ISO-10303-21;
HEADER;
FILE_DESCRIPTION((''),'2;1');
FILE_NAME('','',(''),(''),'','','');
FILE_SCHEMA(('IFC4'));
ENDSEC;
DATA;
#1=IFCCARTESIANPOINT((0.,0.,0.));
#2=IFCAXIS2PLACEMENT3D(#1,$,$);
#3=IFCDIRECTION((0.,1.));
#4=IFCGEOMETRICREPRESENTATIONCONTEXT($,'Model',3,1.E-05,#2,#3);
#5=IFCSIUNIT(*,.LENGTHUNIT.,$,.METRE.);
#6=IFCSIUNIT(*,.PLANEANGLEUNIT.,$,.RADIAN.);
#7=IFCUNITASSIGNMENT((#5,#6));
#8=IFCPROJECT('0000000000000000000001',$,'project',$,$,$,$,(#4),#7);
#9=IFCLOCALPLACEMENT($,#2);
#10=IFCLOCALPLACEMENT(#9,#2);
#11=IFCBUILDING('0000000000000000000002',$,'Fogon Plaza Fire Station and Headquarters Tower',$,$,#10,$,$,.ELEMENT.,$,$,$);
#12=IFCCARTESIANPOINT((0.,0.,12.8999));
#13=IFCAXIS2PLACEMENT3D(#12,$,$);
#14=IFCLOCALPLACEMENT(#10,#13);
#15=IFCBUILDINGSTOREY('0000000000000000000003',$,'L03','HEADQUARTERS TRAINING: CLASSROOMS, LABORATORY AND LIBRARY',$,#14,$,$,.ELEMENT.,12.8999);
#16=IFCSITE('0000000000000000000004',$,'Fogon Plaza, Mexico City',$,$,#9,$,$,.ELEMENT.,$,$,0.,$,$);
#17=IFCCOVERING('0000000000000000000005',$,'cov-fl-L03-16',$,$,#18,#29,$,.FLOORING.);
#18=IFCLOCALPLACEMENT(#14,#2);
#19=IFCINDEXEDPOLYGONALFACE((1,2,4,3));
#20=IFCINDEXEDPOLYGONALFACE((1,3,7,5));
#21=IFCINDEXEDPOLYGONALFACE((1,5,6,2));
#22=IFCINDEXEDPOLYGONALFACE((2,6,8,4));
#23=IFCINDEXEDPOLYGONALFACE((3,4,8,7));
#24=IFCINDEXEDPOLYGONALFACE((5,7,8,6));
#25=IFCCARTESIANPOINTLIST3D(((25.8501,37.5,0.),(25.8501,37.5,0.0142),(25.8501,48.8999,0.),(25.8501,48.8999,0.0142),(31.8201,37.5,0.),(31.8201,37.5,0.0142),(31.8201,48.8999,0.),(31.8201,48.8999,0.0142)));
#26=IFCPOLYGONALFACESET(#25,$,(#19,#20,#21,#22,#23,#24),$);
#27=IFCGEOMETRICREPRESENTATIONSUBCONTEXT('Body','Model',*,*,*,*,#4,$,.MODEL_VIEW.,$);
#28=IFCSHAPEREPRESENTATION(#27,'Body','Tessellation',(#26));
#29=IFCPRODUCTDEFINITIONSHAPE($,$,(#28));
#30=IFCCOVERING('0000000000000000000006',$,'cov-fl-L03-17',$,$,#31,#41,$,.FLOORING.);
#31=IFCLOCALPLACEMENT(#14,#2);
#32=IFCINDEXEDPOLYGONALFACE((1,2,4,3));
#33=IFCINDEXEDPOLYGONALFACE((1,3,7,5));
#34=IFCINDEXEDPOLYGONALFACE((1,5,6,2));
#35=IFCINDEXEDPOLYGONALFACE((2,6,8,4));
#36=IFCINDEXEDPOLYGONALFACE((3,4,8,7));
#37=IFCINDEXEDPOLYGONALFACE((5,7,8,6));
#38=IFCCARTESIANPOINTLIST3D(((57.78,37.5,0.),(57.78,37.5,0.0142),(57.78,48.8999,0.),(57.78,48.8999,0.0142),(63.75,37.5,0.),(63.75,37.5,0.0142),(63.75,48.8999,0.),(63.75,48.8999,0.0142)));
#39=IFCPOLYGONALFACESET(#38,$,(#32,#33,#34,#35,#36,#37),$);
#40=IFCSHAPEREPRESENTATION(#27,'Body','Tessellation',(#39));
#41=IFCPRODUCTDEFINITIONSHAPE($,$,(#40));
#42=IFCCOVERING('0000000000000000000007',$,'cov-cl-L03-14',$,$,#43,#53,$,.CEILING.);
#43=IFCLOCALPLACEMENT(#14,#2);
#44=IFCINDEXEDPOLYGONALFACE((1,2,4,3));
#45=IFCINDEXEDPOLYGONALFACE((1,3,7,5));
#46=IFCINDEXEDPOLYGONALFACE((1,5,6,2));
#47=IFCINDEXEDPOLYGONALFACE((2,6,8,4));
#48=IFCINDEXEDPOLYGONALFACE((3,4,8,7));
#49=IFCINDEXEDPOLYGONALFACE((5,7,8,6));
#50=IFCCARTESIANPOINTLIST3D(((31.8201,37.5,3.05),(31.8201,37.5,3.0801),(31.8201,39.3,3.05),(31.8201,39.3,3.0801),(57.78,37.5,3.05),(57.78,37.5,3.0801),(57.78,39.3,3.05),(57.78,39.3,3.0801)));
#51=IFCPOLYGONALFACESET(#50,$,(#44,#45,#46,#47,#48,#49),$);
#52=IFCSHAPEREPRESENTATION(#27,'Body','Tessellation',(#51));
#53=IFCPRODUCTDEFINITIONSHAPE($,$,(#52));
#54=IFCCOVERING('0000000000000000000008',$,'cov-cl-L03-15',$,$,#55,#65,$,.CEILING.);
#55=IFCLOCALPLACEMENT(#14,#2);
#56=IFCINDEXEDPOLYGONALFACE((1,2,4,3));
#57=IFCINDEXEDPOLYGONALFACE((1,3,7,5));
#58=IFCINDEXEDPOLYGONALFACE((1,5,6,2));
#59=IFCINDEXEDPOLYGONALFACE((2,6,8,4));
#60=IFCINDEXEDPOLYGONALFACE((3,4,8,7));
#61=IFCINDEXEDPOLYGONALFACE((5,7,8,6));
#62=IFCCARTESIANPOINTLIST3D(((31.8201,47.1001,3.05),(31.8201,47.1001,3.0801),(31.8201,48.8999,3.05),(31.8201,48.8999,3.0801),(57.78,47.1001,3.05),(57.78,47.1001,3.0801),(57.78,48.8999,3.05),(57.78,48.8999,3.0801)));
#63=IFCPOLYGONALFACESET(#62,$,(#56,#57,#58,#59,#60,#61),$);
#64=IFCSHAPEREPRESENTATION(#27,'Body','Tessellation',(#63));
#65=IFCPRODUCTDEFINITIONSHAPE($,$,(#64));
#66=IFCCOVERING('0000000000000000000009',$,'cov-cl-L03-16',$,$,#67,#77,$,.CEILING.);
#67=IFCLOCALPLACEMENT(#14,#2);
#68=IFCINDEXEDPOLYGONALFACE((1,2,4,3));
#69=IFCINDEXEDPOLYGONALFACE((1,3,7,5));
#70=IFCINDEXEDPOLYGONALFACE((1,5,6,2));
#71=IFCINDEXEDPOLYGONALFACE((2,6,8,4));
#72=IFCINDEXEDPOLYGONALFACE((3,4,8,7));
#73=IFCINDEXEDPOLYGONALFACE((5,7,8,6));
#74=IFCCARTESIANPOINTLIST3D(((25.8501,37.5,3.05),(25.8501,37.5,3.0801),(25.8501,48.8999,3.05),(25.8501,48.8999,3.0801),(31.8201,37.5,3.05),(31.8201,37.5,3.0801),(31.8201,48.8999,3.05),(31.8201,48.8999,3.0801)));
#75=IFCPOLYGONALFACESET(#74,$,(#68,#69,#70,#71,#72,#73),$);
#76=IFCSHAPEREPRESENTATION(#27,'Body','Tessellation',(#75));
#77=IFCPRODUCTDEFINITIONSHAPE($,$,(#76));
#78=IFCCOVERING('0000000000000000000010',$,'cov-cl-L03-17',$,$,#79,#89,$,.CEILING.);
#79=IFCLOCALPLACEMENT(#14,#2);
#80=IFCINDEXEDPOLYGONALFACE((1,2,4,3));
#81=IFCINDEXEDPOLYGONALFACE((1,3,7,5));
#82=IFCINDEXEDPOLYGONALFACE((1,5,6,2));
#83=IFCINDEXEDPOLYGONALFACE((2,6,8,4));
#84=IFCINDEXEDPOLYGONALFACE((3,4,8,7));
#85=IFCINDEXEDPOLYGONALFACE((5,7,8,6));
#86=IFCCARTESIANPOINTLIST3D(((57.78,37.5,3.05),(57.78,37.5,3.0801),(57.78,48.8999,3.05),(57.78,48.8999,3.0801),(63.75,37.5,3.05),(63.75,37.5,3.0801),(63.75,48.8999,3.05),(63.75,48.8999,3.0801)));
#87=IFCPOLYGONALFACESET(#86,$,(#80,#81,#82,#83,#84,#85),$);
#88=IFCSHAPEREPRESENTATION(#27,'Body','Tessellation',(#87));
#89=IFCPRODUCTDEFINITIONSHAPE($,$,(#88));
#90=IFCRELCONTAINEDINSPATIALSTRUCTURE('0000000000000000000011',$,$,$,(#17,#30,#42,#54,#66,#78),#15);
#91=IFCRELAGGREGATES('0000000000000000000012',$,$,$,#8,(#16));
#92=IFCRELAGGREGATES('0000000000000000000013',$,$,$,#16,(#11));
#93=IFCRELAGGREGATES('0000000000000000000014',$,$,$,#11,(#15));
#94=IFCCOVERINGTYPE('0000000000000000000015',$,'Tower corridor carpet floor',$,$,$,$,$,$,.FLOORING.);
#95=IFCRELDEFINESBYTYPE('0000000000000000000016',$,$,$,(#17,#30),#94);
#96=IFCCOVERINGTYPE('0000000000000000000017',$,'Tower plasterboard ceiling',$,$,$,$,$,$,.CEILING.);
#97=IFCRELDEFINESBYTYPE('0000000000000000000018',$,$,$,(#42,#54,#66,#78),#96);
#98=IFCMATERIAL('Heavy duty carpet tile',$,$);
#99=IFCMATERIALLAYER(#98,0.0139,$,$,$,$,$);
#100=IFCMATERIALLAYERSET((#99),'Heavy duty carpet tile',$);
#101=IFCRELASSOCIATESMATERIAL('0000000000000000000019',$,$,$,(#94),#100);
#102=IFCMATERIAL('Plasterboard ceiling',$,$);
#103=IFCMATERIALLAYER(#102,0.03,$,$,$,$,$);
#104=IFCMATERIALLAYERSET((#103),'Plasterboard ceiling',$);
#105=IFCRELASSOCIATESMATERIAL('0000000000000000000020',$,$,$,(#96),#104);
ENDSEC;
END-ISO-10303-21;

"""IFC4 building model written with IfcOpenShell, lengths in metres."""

from ifc_helpers import new_model, si_unit, direction, frame, origin, place, context, subcontext, project, spatial, polyline, outline, extrude, material, layer, layer_set, type_object, element, save


model = new_model("IFC4")

# Units and contexts
model_context = context("Model", 3, precision=1e-05, world=origin(), true_north=direction((0.0, 1.0)))
body_context = subcontext(model_context, "Body", "Model", "MODEL_VIEW")
ifc_project = project(units=[si_unit("LENGTHUNIT", "METRE"), si_unit("PLANEANGLEUNIT", "RADIAN")], contexts=[model_context])

# Site, building, storey
site_placement = place(None, origin())
site = spatial("IfcSite", under=ifc_project, at=site_placement, Name="Fogon Plaza, Mexico City", CompositionType="ELEMENT", RefElevation=0.0)
building_placement = place(site_placement, origin())
building = spatial("IfcBuilding", under=site, at=building_placement, Name="Fogon Plaza Fire Station and Headquarters Tower", CompositionType="ELEMENT")
storey_placement = place(building_placement, frame((0.0, 0.0, 12.8999)))
storey = spatial("IfcBuildingStorey", under=building, at=storey_placement, Name="L03", Description="HEADQUARTERS TRAINING: CLASSROOMS, LABORATORY AND LIBRARY", CompositionType="ELEMENT", Elevation=12.8999)

# Coverings
ifc_material_1 = material(Name="Heavy duty carpet tile")
ifc_layer_1 = layer(ifc_material_1, 0.0139)
ifc_layer_set_1 = layer_set([ifc_layer_1], Name="Heavy duty carpet tile")
covering_type_1 = type_object("IfcCoveringType", Name="Tower corridor carpet floor", PredefinedType="FLOORING", material=ifc_layer_set_1)
covering_1_placement = place(storey_placement, origin())
element("IfcCovering", 1, at=covering_1_placement, inside=storey, type_object=covering_type_1, Name="cov-fl-L03-16", PredefinedType="FLOORING", context=body_context, shape_type="SweptSolid", body=[
    extrude(outline(polyline([(31.8201, 37.5), (31.8201, 48.8999), (25.8501, 48.8999), (25.8501, 37.5), (31.8201, 37.5)])), origin(), (0.0, 0.0, 1.0), 0.0142),
])
covering_2_placement = place(storey_placement, origin())
element("IfcCovering", 2, at=covering_2_placement, inside=storey, type_object=covering_type_1, Name="cov-fl-L03-17", PredefinedType="FLOORING", context=body_context, shape_type="SweptSolid", body=[
    extrude(outline(polyline([(63.75, 37.5), (63.75, 48.8999), (57.78, 48.8999), (57.78, 37.5), (63.75, 37.5)])), origin(), (0.0, 0.0, 1.0), 0.0142),
])
ifc_material_2 = material(Name="Plasterboard ceiling")
ifc_layer_2 = layer(ifc_material_2, 0.03)
ifc_layer_set_2 = layer_set([ifc_layer_2], Name="Plasterboard ceiling")
covering_type_2 = type_object("IfcCoveringType", Name="Tower plasterboard ceiling", PredefinedType="CEILING", material=ifc_layer_set_2)
covering_3_placement = place(storey_placement, frame((0.0, 0.0, 3.05)))
element("IfcCovering", 3, at=covering_3_placement, inside=storey, type_object=covering_type_2, Name="cov-cl-L03-14", PredefinedType="CEILING", context=body_context, shape_type="SweptSolid", body=[
    extrude(outline(polyline([(57.78, 37.5), (57.78, 39.3), (31.8201, 39.3), (31.8201, 37.5), (57.78, 37.5)])), origin(), (0.0, 0.0, 1.0), 0.03),
])
covering_4_placement = place(storey_placement, frame((0.0, 0.0, 3.05)))
element("IfcCovering", 4, at=covering_4_placement, inside=storey, type_object=covering_type_2, Name="cov-cl-L03-15", PredefinedType="CEILING", context=body_context, shape_type="SweptSolid", body=[
    extrude(outline(polyline([(57.78, 47.1001), (57.78, 48.8999), (31.8201, 48.8999), (31.8201, 47.1001), (57.78, 47.1001)])), origin(), (0.0, 0.0, 1.0), 0.03),
])
covering_5_placement = place(storey_placement, frame((0.0, 0.0, 3.05)))
element("IfcCovering", 5, at=covering_5_placement, inside=storey, type_object=covering_type_2, Name="cov-cl-L03-16", PredefinedType="CEILING", context=body_context, shape_type="SweptSolid", body=[
    extrude(outline(polyline([(31.8201, 37.5), (31.8201, 48.8999), (25.8501, 48.8999), (25.8501, 37.5), (31.8201, 37.5)])), origin(), (0.0, 0.0, 1.0), 0.03),
])
covering_6_placement = place(storey_placement, frame((0.0, 0.0, 3.05)))
element("IfcCovering", 6, at=covering_6_placement, inside=storey, type_object=covering_type_2, Name="cov-cl-L03-17", PredefinedType="CEILING", context=body_context, shape_type="SweptSolid", body=[
    extrude(outline(polyline([(63.75, 37.5), (63.75, 48.8999), (57.78, 48.8999), (57.78, 37.5), (63.75, 37.5)])), origin(), (0.0, 0.0, 1.0), 0.03),
])

save(model, "model.ifc")
